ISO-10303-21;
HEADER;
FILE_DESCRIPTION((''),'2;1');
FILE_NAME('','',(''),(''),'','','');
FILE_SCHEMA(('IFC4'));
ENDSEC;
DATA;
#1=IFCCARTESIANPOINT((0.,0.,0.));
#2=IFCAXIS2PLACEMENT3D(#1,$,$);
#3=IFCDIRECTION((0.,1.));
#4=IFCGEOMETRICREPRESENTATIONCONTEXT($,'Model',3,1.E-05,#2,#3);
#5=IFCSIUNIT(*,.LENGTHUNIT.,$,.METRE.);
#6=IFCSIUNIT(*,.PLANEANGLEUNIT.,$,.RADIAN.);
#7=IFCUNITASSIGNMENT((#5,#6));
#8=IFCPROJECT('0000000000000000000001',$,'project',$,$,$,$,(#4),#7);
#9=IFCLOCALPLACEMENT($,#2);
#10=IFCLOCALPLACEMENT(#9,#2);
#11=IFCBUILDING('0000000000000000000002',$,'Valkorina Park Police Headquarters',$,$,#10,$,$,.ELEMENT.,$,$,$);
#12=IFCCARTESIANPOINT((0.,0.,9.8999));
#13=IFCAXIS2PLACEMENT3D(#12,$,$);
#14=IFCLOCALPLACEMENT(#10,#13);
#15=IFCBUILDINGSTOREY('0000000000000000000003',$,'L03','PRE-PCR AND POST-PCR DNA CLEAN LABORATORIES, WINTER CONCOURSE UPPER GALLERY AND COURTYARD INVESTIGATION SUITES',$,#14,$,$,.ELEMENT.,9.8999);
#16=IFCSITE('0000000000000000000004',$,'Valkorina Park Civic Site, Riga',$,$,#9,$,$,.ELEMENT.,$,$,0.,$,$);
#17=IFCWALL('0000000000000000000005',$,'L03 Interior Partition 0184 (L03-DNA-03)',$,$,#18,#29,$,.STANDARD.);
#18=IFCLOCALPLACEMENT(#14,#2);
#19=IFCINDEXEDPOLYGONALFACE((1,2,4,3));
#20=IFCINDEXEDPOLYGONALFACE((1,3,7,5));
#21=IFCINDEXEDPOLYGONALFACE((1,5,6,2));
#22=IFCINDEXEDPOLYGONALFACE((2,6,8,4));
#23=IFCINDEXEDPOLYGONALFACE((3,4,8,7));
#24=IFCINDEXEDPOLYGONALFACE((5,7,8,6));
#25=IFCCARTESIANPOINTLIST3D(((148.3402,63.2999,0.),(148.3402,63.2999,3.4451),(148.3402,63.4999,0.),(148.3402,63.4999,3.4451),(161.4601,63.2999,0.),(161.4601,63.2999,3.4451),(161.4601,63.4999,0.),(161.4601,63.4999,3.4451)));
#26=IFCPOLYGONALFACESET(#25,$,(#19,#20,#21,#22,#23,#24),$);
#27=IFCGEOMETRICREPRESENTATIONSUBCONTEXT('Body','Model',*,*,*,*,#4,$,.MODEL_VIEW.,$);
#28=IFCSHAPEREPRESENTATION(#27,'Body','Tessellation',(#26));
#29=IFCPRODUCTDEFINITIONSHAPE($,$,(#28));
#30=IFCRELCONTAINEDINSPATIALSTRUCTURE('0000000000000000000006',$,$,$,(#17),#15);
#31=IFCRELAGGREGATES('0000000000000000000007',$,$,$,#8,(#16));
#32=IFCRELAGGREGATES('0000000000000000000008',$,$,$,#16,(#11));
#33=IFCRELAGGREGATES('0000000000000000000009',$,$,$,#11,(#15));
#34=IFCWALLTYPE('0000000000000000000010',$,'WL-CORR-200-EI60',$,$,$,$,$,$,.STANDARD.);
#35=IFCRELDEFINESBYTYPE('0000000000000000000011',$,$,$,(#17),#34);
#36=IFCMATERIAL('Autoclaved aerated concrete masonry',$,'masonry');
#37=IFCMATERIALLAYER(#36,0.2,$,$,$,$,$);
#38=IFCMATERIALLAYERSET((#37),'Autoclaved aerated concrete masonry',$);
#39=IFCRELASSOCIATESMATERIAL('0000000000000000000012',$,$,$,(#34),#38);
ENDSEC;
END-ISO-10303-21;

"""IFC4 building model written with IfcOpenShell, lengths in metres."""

from ifc_helpers import new_model, si_unit, direction, frame, frame_2d, origin, place, context, subcontext, project, spatial, rectangle, extrude, material, layer, layer_set, type_object, element, save


model = new_model("IFC4")

# Units and contexts
model_context = context("Model", 3, precision=1e-05, world=origin(), true_north=direction((0.0, 1.0)))
body_context = subcontext(model_context, "Body", "Model", "MODEL_VIEW")
ifc_project = project(units=[si_unit("LENGTHUNIT", "METRE"), si_unit("PLANEANGLEUNIT", "RADIAN")], contexts=[model_context])

# Site, building, storey
site_placement = place(None, origin())
site = spatial("IfcSite", under=ifc_project, at=site_placement, Name="Valkorina Park Civic Site, Riga", CompositionType="ELEMENT", RefElevation=0.0)
building_placement = place(site_placement, origin())
building = spatial("IfcBuilding", under=site, at=building_placement, Name="Valkorina Park Police Headquarters", CompositionType="ELEMENT")
storey_placement = place(building_placement, frame((0.0, 0.0, 9.8999)))
storey = spatial("IfcBuildingStorey", under=building, at=storey_placement, Name="L03", Description="PRE-PCR AND POST-PCR DNA CLEAN LABORATORIES, WINTER CONCOURSE UPPER GALLERY AND COURTYARD INVESTIGATION SUITES", CompositionType="ELEMENT", Elevation=9.8999)

# Wall
ifc_material_1 = material(Name="Autoclaved aerated concrete masonry", Category="masonry")
ifc_layer = layer(ifc_material_1, 0.2)
ifc_layer_set = layer_set([ifc_layer], Name="Autoclaved aerated concrete masonry")
wall_type = type_object("IfcWallType", Name="WL-CORR-200-EI60", PredefinedType="STANDARD", material=ifc_layer_set)
wall_placement = place(storey_placement, frame((148.3401, 63.3999, 0.0), z_axis=(0.0, 0.0, 1.0), x_axis=(1.0, 0.0, 0.0)))
element("IfcWall", 1, at=wall_placement, inside=storey, type_object=wall_type, Name="L03 Interior Partition 0184 (L03-DNA-03)", PredefinedType="STANDARD", context=body_context, shape_type="SweptSolid", body=[
    extrude(rectangle(XDim=13.1199, YDim=0.2, at=frame_2d((6.5601, 0.0))), origin(), (0.0, 0.0, 1.0), 3.4451),
])

save(model, "model.ifc")
